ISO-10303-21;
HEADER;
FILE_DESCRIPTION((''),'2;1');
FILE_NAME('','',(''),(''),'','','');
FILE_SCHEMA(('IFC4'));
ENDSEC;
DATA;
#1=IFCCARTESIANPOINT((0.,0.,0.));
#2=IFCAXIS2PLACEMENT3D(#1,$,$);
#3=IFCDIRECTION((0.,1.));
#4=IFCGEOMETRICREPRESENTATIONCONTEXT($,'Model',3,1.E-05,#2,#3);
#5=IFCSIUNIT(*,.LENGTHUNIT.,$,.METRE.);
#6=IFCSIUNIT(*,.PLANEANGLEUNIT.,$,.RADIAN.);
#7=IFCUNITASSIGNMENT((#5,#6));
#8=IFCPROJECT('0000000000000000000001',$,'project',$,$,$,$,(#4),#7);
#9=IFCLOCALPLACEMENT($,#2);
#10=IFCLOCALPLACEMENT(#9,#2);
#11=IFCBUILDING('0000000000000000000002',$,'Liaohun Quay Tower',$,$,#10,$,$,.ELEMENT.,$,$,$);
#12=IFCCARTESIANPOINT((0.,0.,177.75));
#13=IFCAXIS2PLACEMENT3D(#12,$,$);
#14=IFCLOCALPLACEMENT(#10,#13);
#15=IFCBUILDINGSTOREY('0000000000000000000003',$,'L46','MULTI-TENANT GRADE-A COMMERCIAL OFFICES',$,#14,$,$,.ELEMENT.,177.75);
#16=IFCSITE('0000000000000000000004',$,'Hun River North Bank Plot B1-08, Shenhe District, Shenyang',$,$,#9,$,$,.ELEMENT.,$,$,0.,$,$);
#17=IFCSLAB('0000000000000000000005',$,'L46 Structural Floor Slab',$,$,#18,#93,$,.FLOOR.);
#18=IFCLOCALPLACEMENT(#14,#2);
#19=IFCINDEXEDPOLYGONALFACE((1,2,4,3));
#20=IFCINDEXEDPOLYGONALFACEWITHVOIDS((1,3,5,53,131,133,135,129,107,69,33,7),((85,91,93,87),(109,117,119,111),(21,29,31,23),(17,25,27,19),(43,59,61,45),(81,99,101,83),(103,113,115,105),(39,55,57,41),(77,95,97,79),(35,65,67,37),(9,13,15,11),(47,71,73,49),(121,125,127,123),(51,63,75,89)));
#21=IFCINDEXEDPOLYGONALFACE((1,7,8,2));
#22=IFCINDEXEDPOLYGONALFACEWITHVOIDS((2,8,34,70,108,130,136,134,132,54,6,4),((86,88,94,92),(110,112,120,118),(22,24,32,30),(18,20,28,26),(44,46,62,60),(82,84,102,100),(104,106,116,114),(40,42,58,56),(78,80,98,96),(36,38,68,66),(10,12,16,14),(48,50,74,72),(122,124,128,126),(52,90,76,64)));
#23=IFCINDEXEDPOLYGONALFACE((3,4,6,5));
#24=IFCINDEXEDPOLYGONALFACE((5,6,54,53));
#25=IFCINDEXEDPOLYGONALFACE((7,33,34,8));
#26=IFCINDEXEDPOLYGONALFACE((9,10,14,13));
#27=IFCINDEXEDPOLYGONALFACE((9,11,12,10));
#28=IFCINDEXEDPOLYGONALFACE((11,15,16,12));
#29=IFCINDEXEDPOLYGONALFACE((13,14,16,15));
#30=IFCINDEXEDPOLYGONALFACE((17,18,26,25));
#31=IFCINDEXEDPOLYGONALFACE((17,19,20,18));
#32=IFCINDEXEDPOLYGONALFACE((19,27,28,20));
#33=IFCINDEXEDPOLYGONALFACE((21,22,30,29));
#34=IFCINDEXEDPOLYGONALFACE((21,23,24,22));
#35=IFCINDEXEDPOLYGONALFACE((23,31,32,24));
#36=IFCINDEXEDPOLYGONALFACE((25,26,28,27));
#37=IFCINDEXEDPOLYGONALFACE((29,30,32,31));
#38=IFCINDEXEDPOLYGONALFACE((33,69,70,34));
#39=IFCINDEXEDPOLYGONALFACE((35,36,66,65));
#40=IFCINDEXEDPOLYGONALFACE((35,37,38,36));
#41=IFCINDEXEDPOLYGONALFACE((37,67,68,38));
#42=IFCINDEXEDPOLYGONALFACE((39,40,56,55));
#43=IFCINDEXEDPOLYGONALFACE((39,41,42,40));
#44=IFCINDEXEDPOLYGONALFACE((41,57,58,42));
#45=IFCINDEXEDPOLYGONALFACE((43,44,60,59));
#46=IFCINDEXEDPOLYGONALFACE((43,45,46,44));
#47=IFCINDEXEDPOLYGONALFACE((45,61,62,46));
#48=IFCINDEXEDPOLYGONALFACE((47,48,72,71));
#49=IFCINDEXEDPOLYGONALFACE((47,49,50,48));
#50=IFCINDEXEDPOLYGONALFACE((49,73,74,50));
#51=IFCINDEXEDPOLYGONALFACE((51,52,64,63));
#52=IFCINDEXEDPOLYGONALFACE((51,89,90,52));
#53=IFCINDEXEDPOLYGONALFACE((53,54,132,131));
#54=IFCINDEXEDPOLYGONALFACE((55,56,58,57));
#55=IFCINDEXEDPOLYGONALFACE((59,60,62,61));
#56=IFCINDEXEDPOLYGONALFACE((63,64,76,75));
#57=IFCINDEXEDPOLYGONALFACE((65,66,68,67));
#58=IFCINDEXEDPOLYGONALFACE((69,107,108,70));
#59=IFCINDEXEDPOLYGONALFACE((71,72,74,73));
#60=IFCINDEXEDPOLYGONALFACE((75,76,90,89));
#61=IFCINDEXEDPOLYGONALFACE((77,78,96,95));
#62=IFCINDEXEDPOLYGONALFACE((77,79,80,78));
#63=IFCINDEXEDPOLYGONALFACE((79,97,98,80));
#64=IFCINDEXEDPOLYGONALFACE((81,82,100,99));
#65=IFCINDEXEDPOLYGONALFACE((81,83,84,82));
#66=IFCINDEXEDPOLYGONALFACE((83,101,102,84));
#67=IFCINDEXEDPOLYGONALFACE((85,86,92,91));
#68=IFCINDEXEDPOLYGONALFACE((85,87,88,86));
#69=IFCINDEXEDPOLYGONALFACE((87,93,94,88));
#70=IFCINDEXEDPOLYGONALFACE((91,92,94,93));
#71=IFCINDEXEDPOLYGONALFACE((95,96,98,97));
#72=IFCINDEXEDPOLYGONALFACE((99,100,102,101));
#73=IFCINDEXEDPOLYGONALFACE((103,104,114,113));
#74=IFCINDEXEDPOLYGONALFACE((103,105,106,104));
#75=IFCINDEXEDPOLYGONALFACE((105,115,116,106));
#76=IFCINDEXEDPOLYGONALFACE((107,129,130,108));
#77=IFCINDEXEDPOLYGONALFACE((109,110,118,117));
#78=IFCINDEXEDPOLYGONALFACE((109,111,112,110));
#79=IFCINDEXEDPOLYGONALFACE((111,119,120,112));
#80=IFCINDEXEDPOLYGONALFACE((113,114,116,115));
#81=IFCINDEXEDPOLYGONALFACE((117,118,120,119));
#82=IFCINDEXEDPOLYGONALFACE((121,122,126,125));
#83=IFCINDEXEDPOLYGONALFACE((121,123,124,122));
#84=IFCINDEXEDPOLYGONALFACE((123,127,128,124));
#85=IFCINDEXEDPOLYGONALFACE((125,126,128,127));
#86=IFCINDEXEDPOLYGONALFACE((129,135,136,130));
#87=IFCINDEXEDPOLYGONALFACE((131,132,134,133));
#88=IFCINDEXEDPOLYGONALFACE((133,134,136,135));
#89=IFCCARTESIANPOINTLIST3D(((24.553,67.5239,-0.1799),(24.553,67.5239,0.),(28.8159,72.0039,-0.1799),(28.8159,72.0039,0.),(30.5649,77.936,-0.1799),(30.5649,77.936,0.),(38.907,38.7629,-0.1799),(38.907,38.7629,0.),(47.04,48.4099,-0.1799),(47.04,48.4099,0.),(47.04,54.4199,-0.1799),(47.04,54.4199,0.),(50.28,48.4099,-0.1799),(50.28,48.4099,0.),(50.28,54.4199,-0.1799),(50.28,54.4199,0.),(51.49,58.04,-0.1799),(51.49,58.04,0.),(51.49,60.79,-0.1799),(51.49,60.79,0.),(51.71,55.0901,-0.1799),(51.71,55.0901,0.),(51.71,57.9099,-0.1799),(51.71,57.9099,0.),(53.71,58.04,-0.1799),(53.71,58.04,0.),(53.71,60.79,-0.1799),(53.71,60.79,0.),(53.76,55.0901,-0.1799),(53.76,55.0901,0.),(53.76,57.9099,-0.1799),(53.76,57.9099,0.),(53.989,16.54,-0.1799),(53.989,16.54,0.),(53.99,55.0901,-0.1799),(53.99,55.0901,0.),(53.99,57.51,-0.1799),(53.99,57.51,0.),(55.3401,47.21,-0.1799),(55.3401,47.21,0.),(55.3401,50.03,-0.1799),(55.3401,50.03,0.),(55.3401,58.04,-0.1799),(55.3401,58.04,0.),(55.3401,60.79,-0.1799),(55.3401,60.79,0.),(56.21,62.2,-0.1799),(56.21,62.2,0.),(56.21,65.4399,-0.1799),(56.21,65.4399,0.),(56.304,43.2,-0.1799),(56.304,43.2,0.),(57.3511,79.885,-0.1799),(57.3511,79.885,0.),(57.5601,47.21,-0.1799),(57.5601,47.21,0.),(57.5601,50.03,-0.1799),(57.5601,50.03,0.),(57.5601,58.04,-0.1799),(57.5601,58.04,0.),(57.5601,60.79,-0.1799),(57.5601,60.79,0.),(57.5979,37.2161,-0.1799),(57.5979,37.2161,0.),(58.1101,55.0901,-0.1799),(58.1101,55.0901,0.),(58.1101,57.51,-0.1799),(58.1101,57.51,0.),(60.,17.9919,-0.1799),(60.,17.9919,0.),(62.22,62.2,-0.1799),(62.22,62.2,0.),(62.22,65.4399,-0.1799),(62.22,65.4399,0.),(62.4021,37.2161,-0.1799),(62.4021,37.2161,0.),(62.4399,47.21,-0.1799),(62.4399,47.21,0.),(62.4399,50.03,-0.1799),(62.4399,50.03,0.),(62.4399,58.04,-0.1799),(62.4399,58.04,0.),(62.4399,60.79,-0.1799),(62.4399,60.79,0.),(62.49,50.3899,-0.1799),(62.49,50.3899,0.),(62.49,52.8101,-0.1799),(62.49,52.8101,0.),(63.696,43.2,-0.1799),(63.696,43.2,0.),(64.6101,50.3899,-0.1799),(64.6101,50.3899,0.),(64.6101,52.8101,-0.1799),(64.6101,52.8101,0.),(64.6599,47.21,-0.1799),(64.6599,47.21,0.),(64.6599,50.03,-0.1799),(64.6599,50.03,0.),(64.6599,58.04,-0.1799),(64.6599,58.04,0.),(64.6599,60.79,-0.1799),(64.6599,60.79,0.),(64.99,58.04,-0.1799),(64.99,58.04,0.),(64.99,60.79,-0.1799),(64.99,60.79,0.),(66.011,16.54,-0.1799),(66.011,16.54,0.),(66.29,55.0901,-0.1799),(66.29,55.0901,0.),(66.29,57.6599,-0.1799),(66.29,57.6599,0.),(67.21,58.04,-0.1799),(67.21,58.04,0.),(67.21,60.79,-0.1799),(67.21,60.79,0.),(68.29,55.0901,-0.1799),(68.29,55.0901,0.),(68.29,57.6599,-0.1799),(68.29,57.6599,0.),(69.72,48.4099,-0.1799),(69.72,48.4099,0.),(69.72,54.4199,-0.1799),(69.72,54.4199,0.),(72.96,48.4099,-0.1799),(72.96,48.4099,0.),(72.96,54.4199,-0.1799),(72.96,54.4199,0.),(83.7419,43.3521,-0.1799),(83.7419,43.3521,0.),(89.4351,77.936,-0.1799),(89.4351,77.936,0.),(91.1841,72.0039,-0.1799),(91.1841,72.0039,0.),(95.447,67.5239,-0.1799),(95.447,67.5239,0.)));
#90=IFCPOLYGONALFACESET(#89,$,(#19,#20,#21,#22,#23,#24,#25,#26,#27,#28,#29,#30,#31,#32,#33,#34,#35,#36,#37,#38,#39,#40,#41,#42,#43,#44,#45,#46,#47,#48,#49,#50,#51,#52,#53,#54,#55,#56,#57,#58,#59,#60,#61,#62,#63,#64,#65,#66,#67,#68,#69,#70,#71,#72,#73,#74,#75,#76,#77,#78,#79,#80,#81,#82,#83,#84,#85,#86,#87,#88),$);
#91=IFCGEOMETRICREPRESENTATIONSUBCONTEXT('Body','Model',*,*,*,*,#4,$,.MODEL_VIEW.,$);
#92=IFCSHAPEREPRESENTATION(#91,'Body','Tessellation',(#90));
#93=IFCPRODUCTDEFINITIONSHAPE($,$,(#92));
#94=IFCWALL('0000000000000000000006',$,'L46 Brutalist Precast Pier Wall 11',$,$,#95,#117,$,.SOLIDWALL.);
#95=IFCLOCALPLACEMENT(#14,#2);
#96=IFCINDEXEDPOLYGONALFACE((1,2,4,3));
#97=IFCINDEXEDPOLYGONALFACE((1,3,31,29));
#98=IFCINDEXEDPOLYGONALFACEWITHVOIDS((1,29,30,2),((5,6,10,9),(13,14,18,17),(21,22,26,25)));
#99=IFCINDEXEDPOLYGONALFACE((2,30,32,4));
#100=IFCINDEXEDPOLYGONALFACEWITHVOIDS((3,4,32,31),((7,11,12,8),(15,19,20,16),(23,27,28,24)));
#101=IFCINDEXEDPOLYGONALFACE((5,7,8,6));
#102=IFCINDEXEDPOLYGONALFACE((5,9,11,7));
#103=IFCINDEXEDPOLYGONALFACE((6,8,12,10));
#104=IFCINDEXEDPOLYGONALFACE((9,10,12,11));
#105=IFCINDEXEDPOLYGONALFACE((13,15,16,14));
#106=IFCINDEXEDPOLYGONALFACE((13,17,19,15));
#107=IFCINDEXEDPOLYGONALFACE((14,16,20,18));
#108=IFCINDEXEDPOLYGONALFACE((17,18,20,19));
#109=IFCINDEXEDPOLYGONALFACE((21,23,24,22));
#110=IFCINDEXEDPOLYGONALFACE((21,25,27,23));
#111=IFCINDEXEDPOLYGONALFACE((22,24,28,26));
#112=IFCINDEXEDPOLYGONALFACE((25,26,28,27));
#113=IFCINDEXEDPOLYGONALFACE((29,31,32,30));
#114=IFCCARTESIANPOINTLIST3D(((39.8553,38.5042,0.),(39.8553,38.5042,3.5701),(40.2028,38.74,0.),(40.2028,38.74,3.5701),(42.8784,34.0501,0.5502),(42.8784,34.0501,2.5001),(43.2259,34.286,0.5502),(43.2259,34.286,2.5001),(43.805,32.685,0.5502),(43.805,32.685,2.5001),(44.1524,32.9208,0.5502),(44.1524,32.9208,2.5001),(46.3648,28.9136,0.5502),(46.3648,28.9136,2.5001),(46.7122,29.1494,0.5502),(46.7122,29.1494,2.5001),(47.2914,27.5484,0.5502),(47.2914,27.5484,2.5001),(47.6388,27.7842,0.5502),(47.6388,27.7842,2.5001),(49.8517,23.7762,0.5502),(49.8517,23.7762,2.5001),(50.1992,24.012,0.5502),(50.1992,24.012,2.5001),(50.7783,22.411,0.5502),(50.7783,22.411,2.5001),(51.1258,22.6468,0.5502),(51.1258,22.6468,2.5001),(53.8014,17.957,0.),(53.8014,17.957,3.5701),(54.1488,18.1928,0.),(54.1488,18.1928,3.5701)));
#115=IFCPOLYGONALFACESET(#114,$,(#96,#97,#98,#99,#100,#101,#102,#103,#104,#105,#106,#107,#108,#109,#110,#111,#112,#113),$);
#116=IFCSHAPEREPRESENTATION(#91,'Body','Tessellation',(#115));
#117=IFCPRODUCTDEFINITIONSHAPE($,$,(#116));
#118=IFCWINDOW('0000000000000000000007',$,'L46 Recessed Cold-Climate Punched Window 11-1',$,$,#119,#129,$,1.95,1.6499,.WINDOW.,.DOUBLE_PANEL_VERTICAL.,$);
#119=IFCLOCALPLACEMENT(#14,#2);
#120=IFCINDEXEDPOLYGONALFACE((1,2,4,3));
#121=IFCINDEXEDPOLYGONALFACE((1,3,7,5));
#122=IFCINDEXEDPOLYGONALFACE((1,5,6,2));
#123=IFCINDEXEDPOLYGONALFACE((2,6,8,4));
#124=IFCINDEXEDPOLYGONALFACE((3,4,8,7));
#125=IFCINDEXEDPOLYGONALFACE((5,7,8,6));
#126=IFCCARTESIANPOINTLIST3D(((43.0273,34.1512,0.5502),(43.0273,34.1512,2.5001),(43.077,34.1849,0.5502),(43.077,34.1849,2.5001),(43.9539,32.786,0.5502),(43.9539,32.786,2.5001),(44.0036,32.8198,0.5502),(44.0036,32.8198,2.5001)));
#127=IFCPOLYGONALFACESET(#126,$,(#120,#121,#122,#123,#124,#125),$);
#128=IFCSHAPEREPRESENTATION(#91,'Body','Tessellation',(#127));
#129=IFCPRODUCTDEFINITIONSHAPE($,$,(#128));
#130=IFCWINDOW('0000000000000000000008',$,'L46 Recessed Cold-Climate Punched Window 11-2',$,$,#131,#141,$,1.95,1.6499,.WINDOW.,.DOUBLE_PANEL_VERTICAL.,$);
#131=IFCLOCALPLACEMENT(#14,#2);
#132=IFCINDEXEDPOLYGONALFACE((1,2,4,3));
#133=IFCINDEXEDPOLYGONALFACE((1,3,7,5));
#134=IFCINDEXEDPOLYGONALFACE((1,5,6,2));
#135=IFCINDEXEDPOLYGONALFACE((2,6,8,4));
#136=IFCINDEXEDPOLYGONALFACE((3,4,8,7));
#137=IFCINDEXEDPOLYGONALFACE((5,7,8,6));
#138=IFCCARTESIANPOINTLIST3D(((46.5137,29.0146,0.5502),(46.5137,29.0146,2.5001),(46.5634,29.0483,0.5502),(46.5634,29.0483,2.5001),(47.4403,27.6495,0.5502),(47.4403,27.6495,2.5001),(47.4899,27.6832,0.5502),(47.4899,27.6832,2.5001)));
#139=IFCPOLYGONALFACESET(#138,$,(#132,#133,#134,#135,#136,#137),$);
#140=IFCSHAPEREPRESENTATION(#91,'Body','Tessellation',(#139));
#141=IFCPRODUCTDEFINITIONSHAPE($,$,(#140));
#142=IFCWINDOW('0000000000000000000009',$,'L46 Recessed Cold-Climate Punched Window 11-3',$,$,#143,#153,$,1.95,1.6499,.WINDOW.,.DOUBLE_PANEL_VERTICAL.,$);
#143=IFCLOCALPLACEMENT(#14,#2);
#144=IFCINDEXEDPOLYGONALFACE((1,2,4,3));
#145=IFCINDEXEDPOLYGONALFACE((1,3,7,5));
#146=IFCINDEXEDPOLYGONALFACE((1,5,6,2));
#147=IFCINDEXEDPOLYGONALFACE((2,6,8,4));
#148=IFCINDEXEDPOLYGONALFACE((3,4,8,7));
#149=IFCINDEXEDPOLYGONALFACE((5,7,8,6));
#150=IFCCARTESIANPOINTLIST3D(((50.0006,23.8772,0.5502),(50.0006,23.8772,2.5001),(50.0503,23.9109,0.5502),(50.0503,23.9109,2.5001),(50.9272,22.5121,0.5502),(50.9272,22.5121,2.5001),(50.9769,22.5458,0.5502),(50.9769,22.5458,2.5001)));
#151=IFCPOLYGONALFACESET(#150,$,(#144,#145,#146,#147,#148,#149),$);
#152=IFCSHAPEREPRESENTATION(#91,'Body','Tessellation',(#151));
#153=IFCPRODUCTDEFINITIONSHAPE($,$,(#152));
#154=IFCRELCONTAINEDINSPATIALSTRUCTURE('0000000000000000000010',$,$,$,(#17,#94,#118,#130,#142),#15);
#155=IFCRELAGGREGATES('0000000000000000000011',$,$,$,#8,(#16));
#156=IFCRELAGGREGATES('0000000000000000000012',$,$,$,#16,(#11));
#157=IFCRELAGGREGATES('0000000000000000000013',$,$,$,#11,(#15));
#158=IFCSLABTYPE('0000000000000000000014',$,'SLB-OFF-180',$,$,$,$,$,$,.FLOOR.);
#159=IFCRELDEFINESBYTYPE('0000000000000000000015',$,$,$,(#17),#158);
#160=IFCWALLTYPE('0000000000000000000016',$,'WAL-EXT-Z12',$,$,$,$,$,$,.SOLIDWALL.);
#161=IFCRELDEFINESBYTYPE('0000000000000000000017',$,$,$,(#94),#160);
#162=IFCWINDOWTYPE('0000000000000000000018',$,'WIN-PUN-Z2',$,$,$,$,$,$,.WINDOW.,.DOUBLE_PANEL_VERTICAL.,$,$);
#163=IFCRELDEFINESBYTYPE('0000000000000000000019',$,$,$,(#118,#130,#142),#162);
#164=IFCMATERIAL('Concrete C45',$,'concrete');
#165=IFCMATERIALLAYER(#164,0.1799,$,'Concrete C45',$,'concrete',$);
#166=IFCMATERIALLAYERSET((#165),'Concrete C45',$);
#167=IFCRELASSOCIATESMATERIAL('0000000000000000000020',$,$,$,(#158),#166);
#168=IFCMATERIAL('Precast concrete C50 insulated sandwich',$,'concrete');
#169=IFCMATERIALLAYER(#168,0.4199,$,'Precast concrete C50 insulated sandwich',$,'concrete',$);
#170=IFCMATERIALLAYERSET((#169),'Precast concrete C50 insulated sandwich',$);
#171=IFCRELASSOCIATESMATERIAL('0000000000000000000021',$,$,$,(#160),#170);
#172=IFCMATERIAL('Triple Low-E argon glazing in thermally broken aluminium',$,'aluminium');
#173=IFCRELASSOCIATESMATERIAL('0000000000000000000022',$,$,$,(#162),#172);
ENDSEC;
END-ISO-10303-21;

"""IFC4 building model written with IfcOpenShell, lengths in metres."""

from ifc_helpers import new_model, si_unit, direction, frame, frame_2d, origin, place, context, subcontext, project, spatial, polyline, rectangle, outline, extrude, source, transform, mapped, material, layer, layer_set, type_object, element, fill, save


model = new_model("IFC4")

# Units and contexts
model_context = context("Model", 3, precision=1e-05, world=origin(), true_north=direction((0.0, 1.0)))
body_context = subcontext(model_context, "Body", "Model", "MODEL_VIEW")
ifc_project = project(units=[si_unit("LENGTHUNIT", "METRE"), si_unit("PLANEANGLEUNIT", "RADIAN")], contexts=[model_context])

# Site, building, storey
site_placement = place(None, origin())
site = spatial("IfcSite", under=ifc_project, at=site_placement, Name="Hun River North Bank Plot B1-08, Shenhe District, Shenyang", CompositionType="ELEMENT", RefElevation=0.0)
building_placement = place(site_placement, origin())
building = spatial("IfcBuilding", under=site, at=building_placement, Name="Liaohun Quay Tower", CompositionType="ELEMENT")
storey_placement = place(building_placement, frame((0.0, 0.0, 177.75)))
storey = spatial("IfcBuildingStorey", under=building, at=storey_placement, Name="L46", Description="MULTI-TENANT GRADE-A COMMERCIAL OFFICES", CompositionType="ELEMENT", Elevation=177.75)

# Shared definitions
ifc_material_1 = material(Name="Concrete C45", Category="concrete")

# Slab
ifc_layer_1 = layer(ifc_material_1, 0.1799, Name="Concrete C45", Category="concrete")
ifc_layer_set_1 = layer_set([ifc_layer_1], Name="Concrete C45")
slab_type_1 = type_object("IfcSlabType", Name="SLB-OFF-180", PredefinedType="FLOOR", material=ifc_layer_set_1)
slab_1_placement = place(storey_placement, frame((0.0, 0.0, -0.1799)))
element("IfcSlab", 1, at=slab_1_placement, inside=storey, type_object=slab_type_1, Name="L46 Structural Floor Slab", PredefinedType="FLOOR", context=body_context, shape_type="SweptSolid", body=[
    extrude(outline(polyline([(53.989, 16.54), (60.0, 17.9919), (66.011, 16.54), (83.7419, 43.3521), (95.447, 67.5239), (91.1841, 72.0039), (89.4351, 77.936), (57.3511, 79.885), (30.5649, 77.936), (28.8159, 72.0039), (24.553, 67.5239), (38.907, 38.7629), (53.989, 16.54)]), holes=[polyline([(57.5601, 50.03), (55.3401, 50.03), (55.3401, 47.21), (57.5601, 47.21), (57.5601, 50.03)]), polyline([(50.28, 54.4199), (47.04, 54.4199), (47.04, 48.4099), (50.28, 48.4099), (50.28, 54.4199)]), polyline([(53.99, 55.0901), (58.1101, 55.0901), (58.1101, 57.51), (53.99, 57.51), (53.99, 55.0901)]), polyline([(53.76, 55.0901), (53.76, 57.9099), (51.71, 57.9099), (51.71, 55.0901), (53.76, 55.0901)]), polyline([(53.71, 58.04), (53.71, 60.79), (51.49, 60.79), (51.49, 58.04), (53.71, 58.04)]), polyline([(57.5601, 58.04), (57.5601, 60.79), (55.3401, 60.79), (55.3401, 58.04), (57.5601, 58.04)]), polyline([(62.22, 62.2), (62.22, 65.4399), (56.21, 65.4399), (56.21, 62.2), (62.22, 62.2)]), polyline([(62.4021, 37.2161), (63.696, 43.2), (56.304, 43.2), (57.5979, 37.2161), (62.4021, 37.2161)]), polyline([(64.6599, 47.21), (64.6599, 50.03), (62.4399, 50.03), (62.4399, 47.21), (64.6599, 47.21)]), polyline([(72.96, 54.4199), (69.72, 54.4199), (69.72, 48.4099), (72.96, 48.4099), (72.96, 54.4199)]), polyline([(64.6101, 50.3899), (64.6101, 52.8101), (62.49, 52.8101), (62.49, 50.3899), (64.6101, 50.3899)]), polyline([(68.29, 55.0901), (68.29, 57.6599), (66.29, 57.6599), (66.29, 55.0901), (68.29, 55.0901)]), polyline([(64.6599, 58.04), (64.6599, 60.79), (62.4399, 60.79), (62.4399, 58.04), (64.6599, 58.04)]), polyline([(67.21, 58.04), (67.21, 60.79), (64.99, 60.79), (64.99, 58.04), (67.21, 58.04)])]), origin(), (0.0, 0.0, 1.0), 0.1799),
])

# Wall, openings, windows
ifc_material_2 = material(Name="Precast concrete C50 insulated sandwich", Category="concrete")
ifc_layer_2 = layer(ifc_material_2, 0.4199, Name="Precast concrete C50 insulated sandwich", Category="concrete")
ifc_layer_set_2 = layer_set([ifc_layer_2], Name="Precast concrete C50 insulated sandwich")
wall_type_1 = type_object("IfcWallType", Name="WAL-EXT-Z12", PredefinedType="SOLIDWALL", material=ifc_layer_set_2)
wall_1_placement = place(storey_placement, frame((40.0291, 38.6221, 0.0), z_axis=(0.0, 0.0, 1.0), x_axis=(0.561594, -0.827413, 0.0)))
wall_1 = element("IfcWall", 2, at=wall_1_placement, inside=storey, type_object=wall_type_1, Name="L46 Brutalist Precast Pier Wall 11", PredefinedType="SOLIDWALL", context=body_context, shape_type="SweptSolid", body=[
    extrude(rectangle(XDim=24.833, YDim=0.4199, at=frame_2d((12.4165, 0.0))), origin(), (0.0, 0.0, 1.0), 3.5701),
])
shared_shape_1 = source(origin(), body_context, "Body", "SweptSolid", [
    extrude(rectangle(XDim=1.6499, YDim=1.95, at=frame_2d((0.825, 0.9751))), frame((0.0, 0.22, 0.0), z_axis=(0.0, -1.0, 0.0), x_axis=(1.0, 0.0, 0.0)), (0.0, 0.0, 1.0), 0.4399),
])
opening_1_placement = place(wall_1_placement, frame((5.3831, 0.0, 0.55)))
opening_1 = element("IfcOpeningElement", 3, at=opening_1_placement, cuts=wall_1, PredefinedType="OPENING", context=body_context, shape_type="MappedRepresentation", body=[
    mapped(shared_shape_1, transform((0.0, 0.0, 0.0), x_axis=(1.0, 0.0, 0.0), y_axis=(0.0, 1.0, 0.0), z_axis=(0.0, 0.0, 1.0), scale=1.0)),
])
opening_2_placement = place(wall_1_placement, frame((11.5911, 0.0, 0.55)))
opening_2 = element("IfcOpeningElement", 4, at=opening_2_placement, cuts=wall_1, PredefinedType="OPENING", context=body_context, shape_type="MappedRepresentation", body=[
    mapped(shared_shape_1, transform((0.0, 0.0, 0.0), x_axis=(1.0, 0.0, 0.0), y_axis=(0.0, 1.0, 0.0), z_axis=(0.0, 0.0, 1.0), scale=1.0)),
])
opening_3_placement = place(wall_1_placement, frame((17.8, 0.0, 0.55)))
opening_3 = element("IfcOpeningElement", 5, at=opening_3_placement, cuts=wall_1, PredefinedType="OPENING", context=body_context, shape_type="MappedRepresentation", body=[
    mapped(shared_shape_1, transform((0.0, 0.0, 0.0), x_axis=(1.0, 0.0, 0.0), y_axis=(0.0, 1.0, 0.0), z_axis=(0.0, 0.0, 1.0), scale=1.0)),
])
ifc_material_3 = material(Name="Triple Low-E argon glazing in thermally broken aluminium", Category="aluminium")
window_type = type_object("IfcWindowType", Name="WIN-PUN-Z2", PartitioningType="DOUBLE_PANEL_VERTICAL", PredefinedType="WINDOW", material=ifc_material_3)
shared_shape_2 = source(origin(), body_context, "Body", "SweptSolid", [
    extrude(rectangle(XDim=1.6499, YDim=1.95, at=frame_2d((0.825, 0.9751))), frame((0.0, 0.03, 0.0), z_axis=(0.0, -1.0, 0.0), x_axis=(1.0, 0.0, 0.0)), (0.0, 0.0, 1.0), 0.0601),
])
window_1_placement = place(opening_1_placement, origin())
window_1 = element("IfcWindow", 6, at=window_1_placement, inside=storey, type_object=window_type, Name="L46 Recessed Cold-Climate Punched Window 11-1", OverallHeight=1.95, OverallWidth=1.6499, PartitioningType="DOUBLE_PANEL_VERTICAL", PredefinedType="WINDOW", context=body_context, shape_type="MappedRepresentation", body=[
    mapped(shared_shape_2, transform((0.0, 0.0, 0.0), x_axis=(1.0, 0.0, 0.0), y_axis=(0.0, 1.0, 0.0), z_axis=(0.0, 0.0, 1.0), scale=1.0)),
])
fill(opening_1, window_1)
window_2_placement = place(opening_2_placement, origin())
window_2 = element("IfcWindow", 7, at=window_2_placement, inside=storey, type_object=window_type, Name="L46 Recessed Cold-Climate Punched Window 11-2", OverallHeight=1.95, OverallWidth=1.6499, PartitioningType="DOUBLE_PANEL_VERTICAL", PredefinedType="WINDOW", context=body_context, shape_type="MappedRepresentation", body=[
    mapped(shared_shape_2, transform((0.0, 0.0, 0.0), x_axis=(1.0, 0.0, 0.0), y_axis=(0.0, 1.0, 0.0), z_axis=(0.0, 0.0, 1.0), scale=1.0)),
])
fill(opening_2, window_2)
window_3_placement = place(opening_3_placement, origin())
window_3 = element("IfcWindow", 8, at=window_3_placement, inside=storey, type_object=window_type, Name="L46 Recessed Cold-Climate Punched Window 11-3", OverallHeight=1.95, OverallWidth=1.6499, PartitioningType="DOUBLE_PANEL_VERTICAL", PredefinedType="WINDOW", context=body_context, shape_type="MappedRepresentation", body=[
    mapped(shared_shape_2, transform((0.0, 0.0, 0.0), x_axis=(1.0, 0.0, 0.0), y_axis=(0.0, 1.0, 0.0), z_axis=(0.0, 0.0, 1.0), scale=1.0)),
])
fill(opening_3, window_3)

save(model, "model.ifc")
